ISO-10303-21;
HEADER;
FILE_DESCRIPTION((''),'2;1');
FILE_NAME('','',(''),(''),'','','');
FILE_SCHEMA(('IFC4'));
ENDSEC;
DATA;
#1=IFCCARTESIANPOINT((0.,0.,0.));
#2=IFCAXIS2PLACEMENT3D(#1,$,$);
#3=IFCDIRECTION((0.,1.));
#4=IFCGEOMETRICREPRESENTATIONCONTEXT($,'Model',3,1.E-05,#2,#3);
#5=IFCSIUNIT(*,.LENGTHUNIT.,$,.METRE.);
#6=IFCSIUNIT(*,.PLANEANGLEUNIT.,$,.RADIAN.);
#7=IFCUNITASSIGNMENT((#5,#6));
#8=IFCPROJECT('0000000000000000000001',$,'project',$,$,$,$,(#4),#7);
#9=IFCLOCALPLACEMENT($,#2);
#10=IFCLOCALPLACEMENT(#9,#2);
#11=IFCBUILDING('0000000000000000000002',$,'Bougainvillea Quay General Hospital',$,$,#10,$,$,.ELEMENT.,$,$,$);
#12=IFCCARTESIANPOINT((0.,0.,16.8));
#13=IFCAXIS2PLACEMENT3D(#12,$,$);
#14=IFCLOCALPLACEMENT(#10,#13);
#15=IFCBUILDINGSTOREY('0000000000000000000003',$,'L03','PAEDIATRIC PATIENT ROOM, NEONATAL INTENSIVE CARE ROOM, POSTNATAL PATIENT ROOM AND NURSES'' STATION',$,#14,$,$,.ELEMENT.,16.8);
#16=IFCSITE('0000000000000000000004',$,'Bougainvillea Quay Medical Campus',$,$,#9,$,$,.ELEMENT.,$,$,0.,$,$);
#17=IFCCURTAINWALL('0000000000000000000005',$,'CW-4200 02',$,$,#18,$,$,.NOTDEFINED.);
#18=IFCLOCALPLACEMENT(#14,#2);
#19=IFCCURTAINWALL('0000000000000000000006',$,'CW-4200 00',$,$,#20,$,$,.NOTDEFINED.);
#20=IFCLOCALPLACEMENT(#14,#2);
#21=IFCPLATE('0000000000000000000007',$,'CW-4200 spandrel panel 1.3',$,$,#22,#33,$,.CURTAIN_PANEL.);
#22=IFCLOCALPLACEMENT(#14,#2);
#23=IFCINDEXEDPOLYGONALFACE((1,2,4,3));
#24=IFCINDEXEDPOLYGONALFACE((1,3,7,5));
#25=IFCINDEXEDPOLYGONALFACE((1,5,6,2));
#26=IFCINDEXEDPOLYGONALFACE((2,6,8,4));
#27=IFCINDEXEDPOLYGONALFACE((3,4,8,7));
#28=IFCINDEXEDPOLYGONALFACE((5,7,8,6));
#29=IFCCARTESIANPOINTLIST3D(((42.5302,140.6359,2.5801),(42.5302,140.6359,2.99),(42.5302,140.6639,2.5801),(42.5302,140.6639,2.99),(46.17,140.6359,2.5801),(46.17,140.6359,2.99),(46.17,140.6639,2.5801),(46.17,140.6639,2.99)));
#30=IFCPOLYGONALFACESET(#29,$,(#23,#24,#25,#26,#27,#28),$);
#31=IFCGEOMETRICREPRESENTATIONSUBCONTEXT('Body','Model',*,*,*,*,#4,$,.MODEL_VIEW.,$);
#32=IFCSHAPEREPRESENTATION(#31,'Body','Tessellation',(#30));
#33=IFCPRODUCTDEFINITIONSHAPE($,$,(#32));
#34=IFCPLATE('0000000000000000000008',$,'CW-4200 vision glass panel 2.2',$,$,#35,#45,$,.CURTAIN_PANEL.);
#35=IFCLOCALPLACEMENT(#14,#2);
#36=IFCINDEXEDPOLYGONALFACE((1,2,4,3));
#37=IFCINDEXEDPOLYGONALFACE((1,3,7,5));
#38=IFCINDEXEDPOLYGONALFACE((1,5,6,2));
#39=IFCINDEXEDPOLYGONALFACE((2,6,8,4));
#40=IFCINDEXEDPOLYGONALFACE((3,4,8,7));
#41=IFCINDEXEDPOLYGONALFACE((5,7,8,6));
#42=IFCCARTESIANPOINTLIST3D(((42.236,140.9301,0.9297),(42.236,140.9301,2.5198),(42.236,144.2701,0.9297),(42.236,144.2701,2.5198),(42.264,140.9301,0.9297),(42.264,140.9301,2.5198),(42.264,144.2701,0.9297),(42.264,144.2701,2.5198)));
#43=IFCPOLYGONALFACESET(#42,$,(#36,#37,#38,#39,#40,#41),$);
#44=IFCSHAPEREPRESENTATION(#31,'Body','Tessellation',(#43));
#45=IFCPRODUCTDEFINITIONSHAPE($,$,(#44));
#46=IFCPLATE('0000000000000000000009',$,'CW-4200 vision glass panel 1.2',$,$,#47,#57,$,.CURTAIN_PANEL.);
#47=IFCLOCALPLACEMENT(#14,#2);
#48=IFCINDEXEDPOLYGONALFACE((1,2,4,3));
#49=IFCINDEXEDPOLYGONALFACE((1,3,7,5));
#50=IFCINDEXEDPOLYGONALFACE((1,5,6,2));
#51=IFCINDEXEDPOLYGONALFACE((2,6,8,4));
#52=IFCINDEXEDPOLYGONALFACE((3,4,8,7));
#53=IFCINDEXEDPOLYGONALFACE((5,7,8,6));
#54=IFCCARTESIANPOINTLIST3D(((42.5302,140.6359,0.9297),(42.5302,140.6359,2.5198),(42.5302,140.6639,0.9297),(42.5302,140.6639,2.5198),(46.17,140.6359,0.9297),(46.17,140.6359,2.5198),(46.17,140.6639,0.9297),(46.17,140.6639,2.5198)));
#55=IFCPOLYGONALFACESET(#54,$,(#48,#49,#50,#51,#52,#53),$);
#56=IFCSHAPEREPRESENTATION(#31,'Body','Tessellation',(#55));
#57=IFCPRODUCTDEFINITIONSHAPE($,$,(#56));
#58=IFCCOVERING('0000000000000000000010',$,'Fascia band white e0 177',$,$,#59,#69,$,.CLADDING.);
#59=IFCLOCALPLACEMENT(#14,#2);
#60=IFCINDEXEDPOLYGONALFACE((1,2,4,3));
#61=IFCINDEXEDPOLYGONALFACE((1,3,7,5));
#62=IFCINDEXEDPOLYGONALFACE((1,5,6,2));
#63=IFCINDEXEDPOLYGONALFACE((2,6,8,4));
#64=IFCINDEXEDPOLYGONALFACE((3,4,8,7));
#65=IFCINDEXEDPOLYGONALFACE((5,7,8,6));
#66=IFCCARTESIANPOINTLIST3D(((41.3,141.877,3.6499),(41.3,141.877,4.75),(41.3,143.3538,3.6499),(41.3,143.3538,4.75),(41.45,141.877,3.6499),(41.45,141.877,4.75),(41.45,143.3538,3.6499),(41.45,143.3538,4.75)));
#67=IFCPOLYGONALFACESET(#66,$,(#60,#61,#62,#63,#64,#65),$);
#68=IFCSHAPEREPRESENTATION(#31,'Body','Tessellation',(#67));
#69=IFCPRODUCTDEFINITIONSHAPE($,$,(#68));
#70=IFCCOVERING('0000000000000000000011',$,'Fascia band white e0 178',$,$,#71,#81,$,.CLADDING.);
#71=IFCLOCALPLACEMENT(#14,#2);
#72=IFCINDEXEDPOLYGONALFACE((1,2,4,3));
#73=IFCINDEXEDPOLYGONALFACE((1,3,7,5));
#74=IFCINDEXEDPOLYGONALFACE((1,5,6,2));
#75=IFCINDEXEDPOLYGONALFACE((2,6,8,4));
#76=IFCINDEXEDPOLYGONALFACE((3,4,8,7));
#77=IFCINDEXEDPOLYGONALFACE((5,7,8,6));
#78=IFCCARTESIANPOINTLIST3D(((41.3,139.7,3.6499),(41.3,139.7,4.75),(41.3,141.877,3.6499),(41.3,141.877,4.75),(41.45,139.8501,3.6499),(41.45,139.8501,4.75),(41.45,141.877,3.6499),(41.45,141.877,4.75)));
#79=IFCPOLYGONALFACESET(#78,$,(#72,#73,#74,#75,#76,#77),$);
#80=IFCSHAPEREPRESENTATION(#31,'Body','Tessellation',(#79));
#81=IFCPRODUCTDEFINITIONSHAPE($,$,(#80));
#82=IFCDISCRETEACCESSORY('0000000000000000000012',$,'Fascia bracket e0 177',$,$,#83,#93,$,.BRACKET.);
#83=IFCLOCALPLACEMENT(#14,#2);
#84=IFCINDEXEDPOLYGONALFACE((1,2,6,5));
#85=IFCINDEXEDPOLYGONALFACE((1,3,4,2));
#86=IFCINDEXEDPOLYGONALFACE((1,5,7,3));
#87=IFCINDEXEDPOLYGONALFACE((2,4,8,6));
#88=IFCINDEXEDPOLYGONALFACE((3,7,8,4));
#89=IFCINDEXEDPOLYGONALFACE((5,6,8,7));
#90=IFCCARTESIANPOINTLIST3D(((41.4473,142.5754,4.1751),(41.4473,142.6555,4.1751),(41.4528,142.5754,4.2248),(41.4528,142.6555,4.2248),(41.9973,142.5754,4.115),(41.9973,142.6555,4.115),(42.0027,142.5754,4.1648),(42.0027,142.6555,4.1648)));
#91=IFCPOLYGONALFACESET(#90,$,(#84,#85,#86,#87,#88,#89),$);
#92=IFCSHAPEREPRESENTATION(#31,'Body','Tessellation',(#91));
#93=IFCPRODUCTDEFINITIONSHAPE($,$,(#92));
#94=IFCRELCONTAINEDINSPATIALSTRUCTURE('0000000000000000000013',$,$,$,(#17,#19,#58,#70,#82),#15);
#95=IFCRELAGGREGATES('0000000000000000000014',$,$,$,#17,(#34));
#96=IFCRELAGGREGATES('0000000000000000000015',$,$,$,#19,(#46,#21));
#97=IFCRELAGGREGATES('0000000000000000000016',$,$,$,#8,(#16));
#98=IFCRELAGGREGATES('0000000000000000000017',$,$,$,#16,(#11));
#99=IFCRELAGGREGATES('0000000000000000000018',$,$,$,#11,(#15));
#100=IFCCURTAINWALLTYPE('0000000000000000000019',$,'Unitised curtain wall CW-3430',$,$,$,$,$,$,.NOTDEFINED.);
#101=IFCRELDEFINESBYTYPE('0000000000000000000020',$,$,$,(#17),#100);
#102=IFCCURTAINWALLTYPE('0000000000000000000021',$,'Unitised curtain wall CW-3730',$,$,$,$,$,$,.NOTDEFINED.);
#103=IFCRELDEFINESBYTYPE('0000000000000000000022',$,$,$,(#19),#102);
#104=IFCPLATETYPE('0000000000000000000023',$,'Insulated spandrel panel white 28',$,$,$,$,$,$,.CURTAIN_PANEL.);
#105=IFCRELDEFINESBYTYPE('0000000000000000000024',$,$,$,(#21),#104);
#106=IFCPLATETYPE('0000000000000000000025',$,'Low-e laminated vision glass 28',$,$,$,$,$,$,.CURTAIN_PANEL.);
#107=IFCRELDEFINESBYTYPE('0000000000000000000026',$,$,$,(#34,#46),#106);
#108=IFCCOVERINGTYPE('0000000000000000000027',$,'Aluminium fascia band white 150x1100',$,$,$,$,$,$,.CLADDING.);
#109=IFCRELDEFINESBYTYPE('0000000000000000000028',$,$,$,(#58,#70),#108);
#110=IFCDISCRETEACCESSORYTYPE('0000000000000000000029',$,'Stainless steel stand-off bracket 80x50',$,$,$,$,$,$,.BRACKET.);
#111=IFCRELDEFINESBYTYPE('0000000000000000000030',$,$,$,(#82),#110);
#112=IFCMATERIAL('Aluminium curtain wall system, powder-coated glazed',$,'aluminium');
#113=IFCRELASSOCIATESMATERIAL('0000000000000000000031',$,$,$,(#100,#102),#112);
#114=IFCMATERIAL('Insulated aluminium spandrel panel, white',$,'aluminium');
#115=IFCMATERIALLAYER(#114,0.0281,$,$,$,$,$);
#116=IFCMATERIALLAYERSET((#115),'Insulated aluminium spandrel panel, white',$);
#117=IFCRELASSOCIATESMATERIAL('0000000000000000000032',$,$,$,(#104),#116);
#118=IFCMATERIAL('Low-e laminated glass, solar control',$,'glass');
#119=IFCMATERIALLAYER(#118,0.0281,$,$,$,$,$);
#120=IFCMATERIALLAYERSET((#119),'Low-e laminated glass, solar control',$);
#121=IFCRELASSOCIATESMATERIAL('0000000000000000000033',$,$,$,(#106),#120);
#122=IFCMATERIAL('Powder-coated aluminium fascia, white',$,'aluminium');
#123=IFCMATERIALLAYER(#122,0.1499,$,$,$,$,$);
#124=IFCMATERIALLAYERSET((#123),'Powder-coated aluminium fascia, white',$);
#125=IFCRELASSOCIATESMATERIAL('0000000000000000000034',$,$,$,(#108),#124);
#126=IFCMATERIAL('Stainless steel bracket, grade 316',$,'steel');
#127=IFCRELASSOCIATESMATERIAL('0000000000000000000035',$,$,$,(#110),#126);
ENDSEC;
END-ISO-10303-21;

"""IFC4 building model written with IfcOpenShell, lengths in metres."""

from ifc_helpers import new_model, si_unit, direction, frame, origin, origin_2d, place, context, subcontext, project, spatial, polyline, rectangle, outline, extrude, material, layer, layer_set, material_profile, profile_set, type_object, element, aggregate, save


model = new_model("IFC4")

# Units and contexts
model_context = context("Model", 3, precision=1e-05, world=origin(), true_north=direction((0.0, 1.0)))
body_context = subcontext(model_context, "Body", "Model", "MODEL_VIEW")
ifc_project = project(units=[si_unit("LENGTHUNIT", "METRE"), si_unit("PLANEANGLEUNIT", "RADIAN")], contexts=[model_context])

# Site, building, storey
site_placement = place(None, origin())
site = spatial("IfcSite", under=ifc_project, at=site_placement, Name="Bougainvillea Quay Medical Campus", CompositionType="ELEMENT", RefElevation=0.0)
building_placement = place(site_placement, origin())
building = spatial("IfcBuilding", under=site, at=building_placement, Name="Bougainvillea Quay General Hospital", CompositionType="ELEMENT")
storey_placement = place(building_placement, frame((0.0, 0.0, 16.8)))
storey = spatial("IfcBuildingStorey", under=building, at=storey_placement, Name="L03", Description="PAEDIATRIC PATIENT ROOM, NEONATAL INTENSIVE CARE ROOM, POSTNATAL PATIENT ROOM AND NURSES' STATION", CompositionType="ELEMENT", Elevation=16.8)

# Curtain walls
ifc_material_1 = material(Name="Aluminium curtain wall system, powder-coated glazed", Category="aluminium")
curtain_wall_type_1 = type_object("IfcCurtainWallType", Name="Unitised curtain wall CW-3430", PredefinedType="NOTDEFINED", material=ifc_material_1)
curtain_wall_1_placement = place(storey_placement, origin())
curtain_wall_1 = element("IfcCurtainWall", 1, at=curtain_wall_1_placement, inside=storey, type_object=curtain_wall_type_1, Name="CW-4200 02", PredefinedType="NOTDEFINED")
curtain_wall_type_2 = type_object("IfcCurtainWallType", Name="Unitised curtain wall CW-3730", PredefinedType="NOTDEFINED", material=ifc_material_1)
curtain_wall_2_placement = place(storey_placement, origin())
curtain_wall_2 = element("IfcCurtainWall", 2, at=curtain_wall_2_placement, inside=storey, type_object=curtain_wall_type_2, Name="CW-4200 00", PredefinedType="NOTDEFINED")

# Plates
ifc_material_2 = material(Name="Insulated aluminium spandrel panel, white", Category="aluminium")
ifc_layer_1 = layer(ifc_material_2, 0.0281)
ifc_layer_set_1 = layer_set([ifc_layer_1], Name="Insulated aluminium spandrel panel, white")
plate_type_1 = type_object("IfcPlateType", Name="Insulated spandrel panel white 28", PredefinedType="CURTAIN_PANEL", material=ifc_layer_set_1)
plate_1_placement = place(storey_placement, frame((44.3501, 140.6499, 2.5801), z_axis=(0.0, 0.0, 1.0), x_axis=(1.0, 0.0, 0.0)))
plate_1 = element("IfcPlate", 3, at=plate_1_placement, type_object=plate_type_1, Name="CW-4200 spandrel panel 1.3", PredefinedType="CURTAIN_PANEL", context=body_context, shape_type="SweptSolid", body=[
    extrude(rectangle(XDim=3.6399, YDim=0.0281, at=origin_2d()), origin(), (0.0, 0.0, 1.0), 0.4099),
])
ifc_material_3 = material(Name="Low-e laminated glass, solar control", Category="glass")
ifc_layer_2 = layer(ifc_material_3, 0.0281)
ifc_layer_set_2 = layer_set([ifc_layer_2], Name="Low-e laminated glass, solar control")
plate_type_2 = type_object("IfcPlateType", Name="Low-e laminated vision glass 28", PredefinedType="CURTAIN_PANEL", material=ifc_layer_set_2)
plate_2_placement = place(storey_placement, frame((42.25, 142.6001, 0.9297), z_axis=(0.0, 0.0, 1.0), x_axis=(0.0, -1.0, 0.0)))
plate_2 = element("IfcPlate", 4, at=plate_2_placement, type_object=plate_type_2, Name="CW-4200 vision glass panel 2.2", PredefinedType="CURTAIN_PANEL", context=body_context, shape_type="SweptSolid", body=[
    extrude(rectangle(XDim=3.3401, YDim=0.0281, at=origin_2d()), origin(), (0.0, 0.0, 1.0), 1.5901),
])
aggregate(curtain_wall_1, [plate_2])
plate_3_placement = place(storey_placement, frame((44.3501, 140.6499, 0.9297), z_axis=(0.0, 0.0, 1.0), x_axis=(1.0, 0.0, 0.0)))
plate_3 = element("IfcPlate", 5, at=plate_3_placement, type_object=plate_type_2, Name="CW-4200 vision glass panel 1.2", PredefinedType="CURTAIN_PANEL", context=body_context, shape_type="SweptSolid", body=[
    extrude(rectangle(XDim=3.6399, YDim=0.0281, at=origin_2d()), origin(), (0.0, 0.0, 1.0), 1.5901),
])
aggregate(curtain_wall_2, [plate_3, plate_1])

# Coverings
ifc_material_4 = material(Name="Powder-coated aluminium fascia, white", Category="aluminium")
ifc_layer_3 = layer(ifc_material_4, 0.1499)
ifc_layer_set_3 = layer_set([ifc_layer_3], Name="Powder-coated aluminium fascia, white")
covering_type = type_object("IfcCoveringType", Name="Aluminium fascia band white 150x1100", PredefinedType="CLADDING", material=ifc_layer_set_3)
covering_1_placement = place(storey_placement, frame((41.45, 143.3538, 3.6499), z_axis=(0.0, 0.0, 1.0), x_axis=(0.0, -1.0, 0.0)))
element("IfcCovering", 6, at=covering_1_placement, inside=storey, type_object=covering_type, Name="Fascia band white e0 177", PredefinedType="CLADDING", context=body_context, shape_type="SweptSolid", body=[
    extrude(outline(polyline([(0.0, 0.0), (1.4768, 0.0), (1.4768, -0.1499), (0.0, -0.1499), (0.0, 0.0)])), origin(), (0.0, 0.0, 1.0), 1.1001),
])
covering_2_placement = place(storey_placement, frame((41.45, 141.877, 3.6499), z_axis=(0.0, 0.0, 1.0), x_axis=(0.0, -1.0, 0.0)))
element("IfcCovering", 7, at=covering_2_placement, inside=storey, type_object=covering_type, Name="Fascia band white e0 178", PredefinedType="CLADDING", context=body_context, shape_type="SweptSolid", body=[
    extrude(outline(polyline([(0.0, 0.0), (2.0269, 0.0), (2.177, -0.1499), (0.0, -0.1499), (0.0, 0.0)])), origin(), (0.0, 0.0, 1.0), 1.1001),
])

# Discrete accessory
ifc_material_5 = material(Name="Stainless steel bracket, grade 316", Category="steel")
ifc_material_profile_1 = material_profile(ifc_material_5, rectangle(XDim=0.0801, YDim=0.05, at=origin_2d()))
ifc_profile_set_1 = profile_set([ifc_material_profile_1], Name="Stainless steel bracket, grade 316")
discrete_accessory_type = type_object("IfcDiscreteAccessoryType", Name="Stainless steel stand-off bracket 80x50", PredefinedType="BRACKET", material=ifc_profile_set_1)
discrete_accessory_placement = place(storey_placement, frame((42.0, 142.6155, 4.1399), z_axis=(-0.994092, 0.0, 0.108543), x_axis=(0.0, -1.0, 0.0)))
element("IfcDiscreteAccessory", 8, at=discrete_accessory_placement, inside=storey, type_object=discrete_accessory_type, Name="Fascia bracket e0 177", PredefinedType="BRACKET", context=body_context, shape_type="SweptSolid", body=[
    extrude(rectangle(XDim=0.0801, YDim=0.05, at=origin_2d()), origin(), (0.0, 0.0, 1.0), 0.5532),
])

save(model, "model.ifc")
